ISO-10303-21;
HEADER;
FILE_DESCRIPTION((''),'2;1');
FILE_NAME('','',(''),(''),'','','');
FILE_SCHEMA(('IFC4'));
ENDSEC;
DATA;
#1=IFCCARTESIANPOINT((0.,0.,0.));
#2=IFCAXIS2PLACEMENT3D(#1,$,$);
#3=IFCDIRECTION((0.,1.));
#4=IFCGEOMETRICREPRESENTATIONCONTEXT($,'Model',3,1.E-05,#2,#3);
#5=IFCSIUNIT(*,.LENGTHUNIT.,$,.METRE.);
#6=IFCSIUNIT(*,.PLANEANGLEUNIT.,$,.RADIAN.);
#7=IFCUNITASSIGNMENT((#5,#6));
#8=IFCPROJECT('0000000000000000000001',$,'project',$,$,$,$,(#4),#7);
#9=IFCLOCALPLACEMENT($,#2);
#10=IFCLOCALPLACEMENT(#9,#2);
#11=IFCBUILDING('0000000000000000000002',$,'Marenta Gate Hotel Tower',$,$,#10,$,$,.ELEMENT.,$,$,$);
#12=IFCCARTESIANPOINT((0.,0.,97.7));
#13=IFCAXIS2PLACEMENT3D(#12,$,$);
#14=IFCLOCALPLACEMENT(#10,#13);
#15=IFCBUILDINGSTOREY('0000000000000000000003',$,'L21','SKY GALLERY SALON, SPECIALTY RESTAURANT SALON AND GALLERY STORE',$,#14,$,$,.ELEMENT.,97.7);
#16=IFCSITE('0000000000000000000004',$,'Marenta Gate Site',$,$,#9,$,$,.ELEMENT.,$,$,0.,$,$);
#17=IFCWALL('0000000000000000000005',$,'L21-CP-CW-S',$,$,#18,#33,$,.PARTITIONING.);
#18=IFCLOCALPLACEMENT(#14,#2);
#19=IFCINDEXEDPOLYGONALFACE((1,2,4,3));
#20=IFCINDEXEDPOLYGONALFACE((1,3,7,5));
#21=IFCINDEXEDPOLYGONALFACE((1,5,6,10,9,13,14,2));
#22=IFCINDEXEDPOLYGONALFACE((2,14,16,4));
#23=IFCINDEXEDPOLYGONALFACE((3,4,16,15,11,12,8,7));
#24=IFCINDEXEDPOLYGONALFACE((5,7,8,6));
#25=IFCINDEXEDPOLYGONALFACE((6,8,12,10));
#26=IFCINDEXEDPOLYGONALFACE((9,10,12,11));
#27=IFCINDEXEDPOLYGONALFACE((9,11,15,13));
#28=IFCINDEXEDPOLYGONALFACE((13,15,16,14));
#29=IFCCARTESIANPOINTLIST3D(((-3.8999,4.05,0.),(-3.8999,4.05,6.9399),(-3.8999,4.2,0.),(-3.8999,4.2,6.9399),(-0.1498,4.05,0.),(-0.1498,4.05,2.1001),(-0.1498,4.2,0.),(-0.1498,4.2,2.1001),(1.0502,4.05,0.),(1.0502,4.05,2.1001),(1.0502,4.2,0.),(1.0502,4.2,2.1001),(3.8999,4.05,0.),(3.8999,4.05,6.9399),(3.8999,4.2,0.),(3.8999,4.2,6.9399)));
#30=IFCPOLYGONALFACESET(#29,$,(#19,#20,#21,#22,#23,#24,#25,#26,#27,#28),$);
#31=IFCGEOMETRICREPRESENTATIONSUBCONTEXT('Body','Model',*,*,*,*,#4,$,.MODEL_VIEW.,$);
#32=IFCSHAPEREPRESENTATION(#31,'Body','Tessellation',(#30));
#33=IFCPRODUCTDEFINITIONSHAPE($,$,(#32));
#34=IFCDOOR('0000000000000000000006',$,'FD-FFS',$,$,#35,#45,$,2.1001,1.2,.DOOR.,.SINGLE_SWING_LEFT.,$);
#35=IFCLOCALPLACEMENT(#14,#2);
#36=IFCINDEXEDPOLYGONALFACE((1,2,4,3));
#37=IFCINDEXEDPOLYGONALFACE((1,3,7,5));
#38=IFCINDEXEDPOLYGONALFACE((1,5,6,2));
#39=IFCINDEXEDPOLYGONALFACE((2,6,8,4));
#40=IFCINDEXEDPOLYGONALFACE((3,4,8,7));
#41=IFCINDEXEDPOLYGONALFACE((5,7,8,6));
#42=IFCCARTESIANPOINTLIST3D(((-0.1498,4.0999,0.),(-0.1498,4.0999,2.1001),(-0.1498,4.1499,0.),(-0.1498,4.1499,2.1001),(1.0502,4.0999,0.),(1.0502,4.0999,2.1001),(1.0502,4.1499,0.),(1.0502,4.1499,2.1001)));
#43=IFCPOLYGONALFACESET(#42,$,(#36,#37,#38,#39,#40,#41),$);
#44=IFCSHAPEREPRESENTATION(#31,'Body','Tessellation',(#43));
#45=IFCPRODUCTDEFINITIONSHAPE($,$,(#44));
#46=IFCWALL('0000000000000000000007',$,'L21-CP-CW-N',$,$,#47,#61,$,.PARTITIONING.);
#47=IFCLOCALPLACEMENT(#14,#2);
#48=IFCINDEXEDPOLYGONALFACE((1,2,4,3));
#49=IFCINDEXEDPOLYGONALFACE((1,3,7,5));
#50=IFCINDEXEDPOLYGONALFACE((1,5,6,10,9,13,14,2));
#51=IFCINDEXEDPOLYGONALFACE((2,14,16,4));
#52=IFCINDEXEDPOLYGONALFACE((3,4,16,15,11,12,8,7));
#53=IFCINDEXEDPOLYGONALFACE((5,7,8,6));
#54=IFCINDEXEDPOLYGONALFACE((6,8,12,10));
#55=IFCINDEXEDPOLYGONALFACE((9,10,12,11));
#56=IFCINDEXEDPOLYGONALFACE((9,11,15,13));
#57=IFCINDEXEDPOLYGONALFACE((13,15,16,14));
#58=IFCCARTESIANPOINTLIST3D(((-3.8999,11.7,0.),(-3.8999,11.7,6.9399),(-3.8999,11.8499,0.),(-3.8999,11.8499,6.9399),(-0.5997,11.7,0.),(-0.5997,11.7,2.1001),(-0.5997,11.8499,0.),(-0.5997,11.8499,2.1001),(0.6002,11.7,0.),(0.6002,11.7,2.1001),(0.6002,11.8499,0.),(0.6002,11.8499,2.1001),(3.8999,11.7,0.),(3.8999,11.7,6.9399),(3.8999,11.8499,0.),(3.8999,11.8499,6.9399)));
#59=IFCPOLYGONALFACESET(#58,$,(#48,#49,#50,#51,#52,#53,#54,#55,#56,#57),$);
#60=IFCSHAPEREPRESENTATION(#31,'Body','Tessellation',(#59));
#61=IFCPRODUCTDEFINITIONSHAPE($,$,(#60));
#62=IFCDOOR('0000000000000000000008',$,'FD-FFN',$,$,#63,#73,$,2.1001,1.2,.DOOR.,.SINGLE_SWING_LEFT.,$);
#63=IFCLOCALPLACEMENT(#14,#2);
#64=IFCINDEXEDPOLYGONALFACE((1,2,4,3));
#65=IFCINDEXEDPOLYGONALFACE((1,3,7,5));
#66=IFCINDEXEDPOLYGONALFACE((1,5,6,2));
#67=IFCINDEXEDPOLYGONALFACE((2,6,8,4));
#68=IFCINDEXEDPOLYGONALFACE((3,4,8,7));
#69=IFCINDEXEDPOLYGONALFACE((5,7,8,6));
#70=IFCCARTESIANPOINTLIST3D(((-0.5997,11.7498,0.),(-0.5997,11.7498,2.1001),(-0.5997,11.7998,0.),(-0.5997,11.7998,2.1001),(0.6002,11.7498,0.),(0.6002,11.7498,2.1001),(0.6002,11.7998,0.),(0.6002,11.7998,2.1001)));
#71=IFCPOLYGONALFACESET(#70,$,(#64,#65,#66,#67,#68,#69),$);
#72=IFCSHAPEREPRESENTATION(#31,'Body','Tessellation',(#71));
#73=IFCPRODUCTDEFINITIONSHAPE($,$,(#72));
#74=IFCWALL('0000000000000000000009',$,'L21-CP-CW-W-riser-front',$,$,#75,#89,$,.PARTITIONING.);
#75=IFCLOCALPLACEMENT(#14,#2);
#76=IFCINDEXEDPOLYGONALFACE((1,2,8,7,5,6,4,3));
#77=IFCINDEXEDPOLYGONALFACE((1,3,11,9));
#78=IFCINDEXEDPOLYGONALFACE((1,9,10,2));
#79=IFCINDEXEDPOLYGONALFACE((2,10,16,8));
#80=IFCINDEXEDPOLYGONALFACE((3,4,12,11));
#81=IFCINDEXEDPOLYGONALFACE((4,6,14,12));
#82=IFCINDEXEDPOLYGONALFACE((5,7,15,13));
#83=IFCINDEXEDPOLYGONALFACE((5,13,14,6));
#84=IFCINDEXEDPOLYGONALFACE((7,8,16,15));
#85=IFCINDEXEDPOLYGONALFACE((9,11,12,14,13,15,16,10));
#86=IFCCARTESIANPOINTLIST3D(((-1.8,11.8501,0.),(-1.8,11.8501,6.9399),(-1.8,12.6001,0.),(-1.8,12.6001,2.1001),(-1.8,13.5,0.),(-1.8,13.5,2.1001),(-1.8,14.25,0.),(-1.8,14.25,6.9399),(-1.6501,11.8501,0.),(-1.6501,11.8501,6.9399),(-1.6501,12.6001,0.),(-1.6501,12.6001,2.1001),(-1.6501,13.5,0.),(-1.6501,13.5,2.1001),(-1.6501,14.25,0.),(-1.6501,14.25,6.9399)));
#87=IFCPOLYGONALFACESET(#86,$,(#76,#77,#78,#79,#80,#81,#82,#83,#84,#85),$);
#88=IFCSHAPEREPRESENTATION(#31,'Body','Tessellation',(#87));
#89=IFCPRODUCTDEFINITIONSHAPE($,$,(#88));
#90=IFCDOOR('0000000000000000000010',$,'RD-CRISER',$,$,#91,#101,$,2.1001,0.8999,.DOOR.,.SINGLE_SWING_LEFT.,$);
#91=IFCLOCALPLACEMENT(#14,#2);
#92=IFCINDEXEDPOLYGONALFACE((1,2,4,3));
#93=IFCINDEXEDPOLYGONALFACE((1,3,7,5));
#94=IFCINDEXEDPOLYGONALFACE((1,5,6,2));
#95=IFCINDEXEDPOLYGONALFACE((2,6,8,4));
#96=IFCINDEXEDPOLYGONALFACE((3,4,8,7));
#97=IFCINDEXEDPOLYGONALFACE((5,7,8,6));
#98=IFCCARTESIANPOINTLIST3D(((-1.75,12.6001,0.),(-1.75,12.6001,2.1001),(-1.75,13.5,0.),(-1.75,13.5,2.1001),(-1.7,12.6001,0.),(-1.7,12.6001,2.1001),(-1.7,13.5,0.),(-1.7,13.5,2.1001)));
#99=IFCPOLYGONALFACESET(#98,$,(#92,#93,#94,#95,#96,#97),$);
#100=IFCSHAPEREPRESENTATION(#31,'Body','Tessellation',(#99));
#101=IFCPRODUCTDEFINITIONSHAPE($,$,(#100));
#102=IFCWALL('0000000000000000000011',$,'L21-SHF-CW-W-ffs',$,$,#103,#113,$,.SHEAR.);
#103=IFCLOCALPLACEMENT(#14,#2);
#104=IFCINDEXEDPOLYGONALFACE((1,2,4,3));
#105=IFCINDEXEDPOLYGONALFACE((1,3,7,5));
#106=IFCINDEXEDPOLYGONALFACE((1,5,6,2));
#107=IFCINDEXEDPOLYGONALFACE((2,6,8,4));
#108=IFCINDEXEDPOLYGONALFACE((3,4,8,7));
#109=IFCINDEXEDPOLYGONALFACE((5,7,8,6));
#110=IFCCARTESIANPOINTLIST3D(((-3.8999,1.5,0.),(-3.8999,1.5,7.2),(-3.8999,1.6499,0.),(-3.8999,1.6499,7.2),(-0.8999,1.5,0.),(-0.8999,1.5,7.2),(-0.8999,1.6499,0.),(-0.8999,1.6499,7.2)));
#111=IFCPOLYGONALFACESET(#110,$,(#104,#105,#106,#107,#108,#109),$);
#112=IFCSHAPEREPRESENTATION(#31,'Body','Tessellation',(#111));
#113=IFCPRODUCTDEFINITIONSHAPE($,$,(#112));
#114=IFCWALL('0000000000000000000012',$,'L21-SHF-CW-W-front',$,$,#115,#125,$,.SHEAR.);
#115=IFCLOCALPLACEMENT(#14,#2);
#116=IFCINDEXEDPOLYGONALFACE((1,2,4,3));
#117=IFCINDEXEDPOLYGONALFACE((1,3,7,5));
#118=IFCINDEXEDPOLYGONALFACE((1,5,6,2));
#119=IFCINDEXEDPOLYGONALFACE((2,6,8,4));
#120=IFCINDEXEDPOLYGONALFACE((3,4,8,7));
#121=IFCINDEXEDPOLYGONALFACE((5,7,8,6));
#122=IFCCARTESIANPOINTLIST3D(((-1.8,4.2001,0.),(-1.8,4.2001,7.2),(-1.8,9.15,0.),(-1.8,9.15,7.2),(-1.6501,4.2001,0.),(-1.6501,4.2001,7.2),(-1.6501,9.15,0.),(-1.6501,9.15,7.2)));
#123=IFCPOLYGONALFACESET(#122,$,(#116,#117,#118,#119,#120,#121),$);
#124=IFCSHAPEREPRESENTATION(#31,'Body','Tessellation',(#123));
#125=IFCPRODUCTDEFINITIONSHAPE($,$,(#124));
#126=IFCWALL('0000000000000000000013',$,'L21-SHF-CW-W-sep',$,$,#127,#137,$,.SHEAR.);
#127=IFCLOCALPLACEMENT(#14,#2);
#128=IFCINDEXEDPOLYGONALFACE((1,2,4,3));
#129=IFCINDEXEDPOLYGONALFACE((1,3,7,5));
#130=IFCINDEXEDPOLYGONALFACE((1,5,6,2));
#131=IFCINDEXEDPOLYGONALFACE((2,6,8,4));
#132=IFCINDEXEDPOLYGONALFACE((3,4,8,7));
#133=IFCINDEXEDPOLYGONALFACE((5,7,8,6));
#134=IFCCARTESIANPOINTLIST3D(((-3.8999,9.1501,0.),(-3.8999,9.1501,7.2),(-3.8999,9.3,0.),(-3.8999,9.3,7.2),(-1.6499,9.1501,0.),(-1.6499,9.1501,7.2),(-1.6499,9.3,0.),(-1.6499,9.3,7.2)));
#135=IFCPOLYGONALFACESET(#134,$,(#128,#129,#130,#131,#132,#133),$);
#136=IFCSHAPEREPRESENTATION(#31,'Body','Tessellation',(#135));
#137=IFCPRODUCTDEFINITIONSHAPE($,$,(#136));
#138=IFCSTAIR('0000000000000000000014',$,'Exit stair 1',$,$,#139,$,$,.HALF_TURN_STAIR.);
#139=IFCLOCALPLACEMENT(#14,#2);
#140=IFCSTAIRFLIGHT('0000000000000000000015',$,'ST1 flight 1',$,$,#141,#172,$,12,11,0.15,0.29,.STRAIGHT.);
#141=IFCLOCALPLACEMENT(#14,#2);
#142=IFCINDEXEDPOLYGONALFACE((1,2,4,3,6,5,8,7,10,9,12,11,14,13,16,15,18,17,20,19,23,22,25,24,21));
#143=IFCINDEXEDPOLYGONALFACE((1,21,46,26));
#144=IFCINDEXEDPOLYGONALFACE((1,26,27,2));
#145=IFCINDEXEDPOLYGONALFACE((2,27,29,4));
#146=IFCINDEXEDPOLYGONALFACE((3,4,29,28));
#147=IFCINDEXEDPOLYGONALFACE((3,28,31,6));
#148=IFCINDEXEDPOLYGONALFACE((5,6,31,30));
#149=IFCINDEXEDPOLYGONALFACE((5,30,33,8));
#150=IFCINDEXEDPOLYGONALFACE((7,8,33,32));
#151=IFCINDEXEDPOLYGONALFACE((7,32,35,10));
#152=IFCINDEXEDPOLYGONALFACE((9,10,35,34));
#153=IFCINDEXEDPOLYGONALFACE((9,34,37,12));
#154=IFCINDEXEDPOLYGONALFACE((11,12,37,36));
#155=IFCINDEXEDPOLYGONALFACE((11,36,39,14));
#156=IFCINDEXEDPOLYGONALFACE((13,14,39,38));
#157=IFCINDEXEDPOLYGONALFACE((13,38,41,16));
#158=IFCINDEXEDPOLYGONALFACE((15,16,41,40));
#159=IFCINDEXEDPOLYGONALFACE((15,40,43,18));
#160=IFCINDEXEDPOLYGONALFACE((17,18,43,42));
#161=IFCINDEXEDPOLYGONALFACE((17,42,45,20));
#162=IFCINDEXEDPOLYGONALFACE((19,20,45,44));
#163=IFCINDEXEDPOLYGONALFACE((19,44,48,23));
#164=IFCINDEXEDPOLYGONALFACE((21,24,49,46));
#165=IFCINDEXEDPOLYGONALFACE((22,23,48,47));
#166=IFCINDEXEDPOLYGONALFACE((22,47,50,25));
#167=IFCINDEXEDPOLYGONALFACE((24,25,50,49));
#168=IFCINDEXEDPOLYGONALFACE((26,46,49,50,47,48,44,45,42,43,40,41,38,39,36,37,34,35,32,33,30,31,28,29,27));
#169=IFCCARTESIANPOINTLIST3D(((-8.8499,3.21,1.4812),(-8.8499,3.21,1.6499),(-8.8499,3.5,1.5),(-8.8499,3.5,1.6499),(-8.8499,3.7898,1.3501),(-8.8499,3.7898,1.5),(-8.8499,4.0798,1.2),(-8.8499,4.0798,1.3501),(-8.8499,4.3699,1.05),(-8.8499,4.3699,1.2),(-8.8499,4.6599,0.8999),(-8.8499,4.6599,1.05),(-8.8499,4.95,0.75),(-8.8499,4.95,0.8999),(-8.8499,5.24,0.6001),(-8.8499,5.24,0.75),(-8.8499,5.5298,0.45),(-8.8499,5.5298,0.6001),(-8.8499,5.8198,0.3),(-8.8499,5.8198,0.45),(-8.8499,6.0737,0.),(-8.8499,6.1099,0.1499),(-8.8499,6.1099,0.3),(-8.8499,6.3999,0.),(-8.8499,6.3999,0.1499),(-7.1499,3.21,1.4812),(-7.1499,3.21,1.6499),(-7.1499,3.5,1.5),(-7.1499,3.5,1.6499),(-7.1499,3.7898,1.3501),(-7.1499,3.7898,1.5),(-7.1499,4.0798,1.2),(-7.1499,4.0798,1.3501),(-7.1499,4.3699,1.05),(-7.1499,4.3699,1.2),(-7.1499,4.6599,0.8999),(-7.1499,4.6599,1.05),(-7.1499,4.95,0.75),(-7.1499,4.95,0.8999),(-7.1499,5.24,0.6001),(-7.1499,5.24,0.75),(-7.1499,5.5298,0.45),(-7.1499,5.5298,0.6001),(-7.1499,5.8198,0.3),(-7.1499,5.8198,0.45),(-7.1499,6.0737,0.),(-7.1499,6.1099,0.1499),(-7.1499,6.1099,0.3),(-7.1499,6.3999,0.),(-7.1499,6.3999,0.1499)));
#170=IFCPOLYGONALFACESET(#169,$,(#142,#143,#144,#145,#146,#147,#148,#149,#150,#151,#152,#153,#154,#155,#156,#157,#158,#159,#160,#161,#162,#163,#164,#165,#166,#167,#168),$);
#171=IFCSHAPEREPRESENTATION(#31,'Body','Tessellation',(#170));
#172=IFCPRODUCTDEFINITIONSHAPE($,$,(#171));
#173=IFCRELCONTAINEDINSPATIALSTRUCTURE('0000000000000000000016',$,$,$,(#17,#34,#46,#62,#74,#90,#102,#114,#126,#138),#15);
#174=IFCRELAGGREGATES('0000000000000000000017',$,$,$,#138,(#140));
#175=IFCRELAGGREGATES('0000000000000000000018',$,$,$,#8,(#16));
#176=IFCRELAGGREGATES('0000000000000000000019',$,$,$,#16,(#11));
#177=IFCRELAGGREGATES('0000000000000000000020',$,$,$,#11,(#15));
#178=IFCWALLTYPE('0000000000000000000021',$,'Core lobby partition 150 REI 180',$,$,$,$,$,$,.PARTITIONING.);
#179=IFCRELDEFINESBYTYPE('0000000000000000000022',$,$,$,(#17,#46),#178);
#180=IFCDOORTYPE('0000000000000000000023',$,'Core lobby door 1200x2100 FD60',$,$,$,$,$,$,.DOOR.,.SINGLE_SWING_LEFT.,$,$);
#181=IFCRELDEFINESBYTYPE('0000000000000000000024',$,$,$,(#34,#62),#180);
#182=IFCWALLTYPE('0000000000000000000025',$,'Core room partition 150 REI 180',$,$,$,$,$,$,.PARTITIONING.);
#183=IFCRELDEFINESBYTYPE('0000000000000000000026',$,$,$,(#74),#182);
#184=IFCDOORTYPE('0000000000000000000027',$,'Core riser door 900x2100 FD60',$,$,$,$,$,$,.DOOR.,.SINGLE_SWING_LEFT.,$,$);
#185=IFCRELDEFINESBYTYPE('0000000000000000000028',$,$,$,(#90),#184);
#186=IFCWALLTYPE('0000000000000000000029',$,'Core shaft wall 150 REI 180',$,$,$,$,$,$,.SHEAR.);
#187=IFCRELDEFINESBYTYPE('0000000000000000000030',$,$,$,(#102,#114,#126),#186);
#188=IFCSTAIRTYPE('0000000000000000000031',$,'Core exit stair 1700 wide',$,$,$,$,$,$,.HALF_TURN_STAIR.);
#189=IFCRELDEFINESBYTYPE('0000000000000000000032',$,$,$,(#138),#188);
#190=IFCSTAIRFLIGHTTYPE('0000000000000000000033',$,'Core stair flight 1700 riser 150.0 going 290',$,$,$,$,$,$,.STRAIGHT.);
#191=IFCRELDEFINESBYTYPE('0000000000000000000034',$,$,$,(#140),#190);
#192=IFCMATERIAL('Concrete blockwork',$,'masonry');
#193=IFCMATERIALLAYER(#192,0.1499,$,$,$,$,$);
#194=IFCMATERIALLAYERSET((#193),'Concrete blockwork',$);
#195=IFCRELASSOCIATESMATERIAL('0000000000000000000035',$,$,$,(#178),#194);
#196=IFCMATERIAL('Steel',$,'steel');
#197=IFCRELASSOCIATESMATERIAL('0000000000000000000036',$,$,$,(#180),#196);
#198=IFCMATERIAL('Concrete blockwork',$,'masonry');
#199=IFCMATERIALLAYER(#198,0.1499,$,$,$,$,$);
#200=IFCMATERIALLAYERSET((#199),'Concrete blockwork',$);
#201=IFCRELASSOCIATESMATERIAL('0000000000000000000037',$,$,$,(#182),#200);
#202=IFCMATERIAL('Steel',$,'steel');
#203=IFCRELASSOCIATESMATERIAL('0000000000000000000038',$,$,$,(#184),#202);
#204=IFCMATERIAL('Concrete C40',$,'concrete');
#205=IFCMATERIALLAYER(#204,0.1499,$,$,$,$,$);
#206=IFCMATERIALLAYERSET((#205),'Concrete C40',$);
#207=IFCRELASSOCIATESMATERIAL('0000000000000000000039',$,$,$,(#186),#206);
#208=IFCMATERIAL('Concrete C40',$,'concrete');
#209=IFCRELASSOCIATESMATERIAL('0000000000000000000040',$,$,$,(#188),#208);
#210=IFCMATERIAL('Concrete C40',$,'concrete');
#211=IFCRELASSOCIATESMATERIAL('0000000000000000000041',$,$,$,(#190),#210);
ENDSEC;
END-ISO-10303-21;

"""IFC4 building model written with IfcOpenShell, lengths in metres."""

from ifc_helpers import new_model, si_unit, direction, frame, frame_2d, origin, place, context, subcontext, project, spatial, polyline, rectangle, outline, extrude, material, layer, layer_set, type_object, element, fill, aggregate, save


model = new_model("IFC4")

# Units and contexts
model_context = context("Model", 3, precision=1e-05, world=origin(), true_north=direction((0.0, 1.0)))
body_context = subcontext(model_context, "Body", "Model", "MODEL_VIEW")
ifc_project = project(units=[si_unit("LENGTHUNIT", "METRE"), si_unit("PLANEANGLEUNIT", "RADIAN")], contexts=[model_context])

# Site, building, storey
site_placement = place(None, origin())
site = spatial("IfcSite", under=ifc_project, at=site_placement, Name="Marenta Gate Site", CompositionType="ELEMENT", RefElevation=0.0)
building_placement = place(site_placement, origin())
building = spatial("IfcBuilding", under=site, at=building_placement, Name="Marenta Gate Hotel Tower", CompositionType="ELEMENT")
storey_placement = place(building_placement, frame((0.0, 0.0, 97.7)))
storey = spatial("IfcBuildingStorey", under=building, at=storey_placement, Name="L21", Description="SKY GALLERY SALON, SPECIALTY RESTAURANT SALON AND GALLERY STORE", CompositionType="ELEMENT", Elevation=97.7)

# Walls, openings, doors
ifc_material_1 = material(Name="Concrete blockwork", Category="masonry")
ifc_layer_1 = layer(ifc_material_1, 0.1499)
ifc_layer_set_1 = layer_set([ifc_layer_1], Name="Concrete blockwork")
wall_type_1 = type_object("IfcWallType", Name="Core lobby partition 150 REI 180", PredefinedType="PARTITIONING", material=ifc_layer_set_1)
wall_1_placement = place(storey_placement, frame((-3.8999, 4.125, 0.0), z_axis=(0.0, 0.0, 1.0), x_axis=(1.0, 0.0, 0.0)))
wall_1 = element("IfcWall", 1, at=wall_1_placement, inside=storey, type_object=wall_type_1, Name="L21-CP-CW-S", PredefinedType="PARTITIONING", context=body_context, shape_type="SweptSolid", body=[
    extrude(rectangle(XDim=7.7998, YDim=0.1499, at=frame_2d((3.8999, 0.0))), origin(), (0.0, 0.0, 1.0), 6.9399),
])
opening_1_placement = place(wall_1_placement, frame((3.75, 0.0, 0.0)))
opening_1 = element("IfcOpeningElement", 2, at=opening_1_placement, cuts=wall_1, PredefinedType="OPENING", context=body_context, shape_type="SweptSolid", body=[
    extrude(rectangle(XDim=1.2, YDim=2.1001, at=frame_2d((0.6001, 1.05))), frame((0.0, 0.075, 0.0), z_axis=(0.0, -1.0, 0.0), x_axis=(1.0, 0.0, 0.0)), (0.0, 0.0, 1.0), 0.1499),
])
ifc_material_2 = material(Name="Steel", Category="steel")
door_type_1 = type_object("IfcDoorType", Name="Core lobby door 1200x2100 FD60", OperationType="SINGLE_SWING_LEFT", PredefinedType="DOOR", material=ifc_material_2)
door_1_placement = place(opening_1_placement, origin())
door_1 = element("IfcDoor", 3, at=door_1_placement, inside=storey, type_object=door_type_1, Name="FD-FFS", OperationType="SINGLE_SWING_LEFT", OverallHeight=2.1001, OverallWidth=1.2, PredefinedType="DOOR", context=body_context, shape_type="SweptSolid", body=[
    extrude(rectangle(XDim=1.2, YDim=2.1001, at=frame_2d((0.6001, 1.05))), frame((0.0, 0.0249, 0.0), z_axis=(0.0, -1.0, 0.0), x_axis=(1.0, 0.0, 0.0)), (0.0, 0.0, 1.0), 0.05),
])
fill(opening_1, door_1)
wall_2_placement = place(storey_placement, frame((-3.8999, 11.7749, 0.0), z_axis=(0.0, 0.0, 1.0), x_axis=(1.0, 0.0, 0.0)))
wall_2 = element("IfcWall", 4, at=wall_2_placement, inside=storey, type_object=wall_type_1, Name="L21-CP-CW-N", PredefinedType="PARTITIONING", context=body_context, shape_type="SweptSolid", body=[
    extrude(rectangle(XDim=7.7998, YDim=0.1499, at=frame_2d((3.8999, 0.0))), origin(), (0.0, 0.0, 1.0), 6.9399),
])
opening_2_placement = place(wall_2_placement, frame((3.3, 0.0, 0.0)))
opening_2 = element("IfcOpeningElement", 5, at=opening_2_placement, cuts=wall_2, PredefinedType="OPENING", context=body_context, shape_type="SweptSolid", body=[
    extrude(rectangle(XDim=1.2, YDim=2.1001, at=frame_2d((0.6001, 1.05))), frame((0.0, 0.075, 0.0), z_axis=(0.0, -1.0, 0.0), x_axis=(1.0, 0.0, 0.0)), (0.0, 0.0, 1.0), 0.1499),
])
door_2_placement = place(opening_2_placement, origin())
door_2 = element("IfcDoor", 6, at=door_2_placement, inside=storey, type_object=door_type_1, Name="FD-FFN", OperationType="SINGLE_SWING_LEFT", OverallHeight=2.1001, OverallWidth=1.2, PredefinedType="DOOR", context=body_context, shape_type="SweptSolid", body=[
    extrude(rectangle(XDim=1.2, YDim=2.1001, at=frame_2d((0.6001, 1.05))), frame((0.0, 0.0249, 0.0), z_axis=(0.0, -1.0, 0.0), x_axis=(1.0, 0.0, 0.0)), (0.0, 0.0, 1.0), 0.05),
])
fill(opening_2, door_2)
ifc_material_3 = material(Name="Concrete blockwork", Category="masonry")
ifc_layer_2 = layer(ifc_material_3, 0.1499)
ifc_layer_set_2 = layer_set([ifc_layer_2], Name="Concrete blockwork")
wall_type_2 = type_object("IfcWallType", Name="Core room partition 150 REI 180", PredefinedType="PARTITIONING", material=ifc_layer_set_2)
wall_3_placement = place(storey_placement, frame((-1.7251, 11.8501, 0.0), z_axis=(0.0, 0.0, 1.0), x_axis=(0.0, 1.0, 0.0)))
wall_3 = element("IfcWall", 7, at=wall_3_placement, inside=storey, type_object=wall_type_2, Name="L21-CP-CW-W-riser-front", PredefinedType="PARTITIONING", context=body_context, shape_type="SweptSolid", body=[
    extrude(rectangle(XDim=2.3999, YDim=0.1499, at=frame_2d((1.2, 0.0))), origin(), (0.0, 0.0, 1.0), 6.9399),
])
opening_3_placement = place(wall_3_placement, frame((0.75, 0.0, 0.0)))
opening_3 = element("IfcOpeningElement", 8, at=opening_3_placement, cuts=wall_3, PredefinedType="OPENING", context=body_context, shape_type="SweptSolid", body=[
    extrude(rectangle(XDim=0.8999, YDim=2.1001, at=frame_2d((0.45, 1.05))), frame((0.0, 0.075, 0.0), z_axis=(0.0, -1.0, 0.0), x_axis=(1.0, 0.0, 0.0)), (0.0, 0.0, 1.0), 0.1499),
])
ifc_material_4 = material(Name="Steel", Category="steel")
door_type_2 = type_object("IfcDoorType", Name="Core riser door 900x2100 FD60", OperationType="SINGLE_SWING_LEFT", PredefinedType="DOOR", material=ifc_material_4)
door_3_placement = place(opening_3_placement, origin())
door_3 = element("IfcDoor", 9, at=door_3_placement, inside=storey, type_object=door_type_2, Name="RD-CRISER", OperationType="SINGLE_SWING_LEFT", OverallHeight=2.1001, OverallWidth=0.8999, PredefinedType="DOOR", context=body_context, shape_type="SweptSolid", body=[
    extrude(rectangle(XDim=0.8999, YDim=2.1001, at=frame_2d((0.45, 1.05))), frame((0.0, 0.0249, 0.0), z_axis=(0.0, -1.0, 0.0), x_axis=(1.0, 0.0, 0.0)), (0.0, 0.0, 1.0), 0.05),
])
fill(opening_3, door_3)

# Walls
ifc_material_5 = material(Name="Concrete C40", Category="concrete")
ifc_layer_3 = layer(ifc_material_5, 0.1499)
ifc_layer_set_3 = layer_set([ifc_layer_3], Name="Concrete C40")
wall_type_3 = type_object("IfcWallType", Name="Core shaft wall 150 REI 180", PredefinedType="SHEAR", material=ifc_layer_set_3)
wall_4_placement = place(storey_placement, frame((-3.8999, 1.575, 0.0), z_axis=(0.0, 0.0, 1.0), x_axis=(1.0, 0.0, 0.0)))
element("IfcWall", 10, at=wall_4_placement, inside=storey, type_object=wall_type_3, Name="L21-SHF-CW-W-ffs", PredefinedType="SHEAR", context=body_context, shape_type="SweptSolid", body=[
    extrude(rectangle(XDim=3.0, YDim=0.1499, at=frame_2d((1.5, 0.0))), origin(), (0.0, 0.0, 1.0), 7.2),
])
wall_5_placement = place(storey_placement, frame((-1.7251, 4.2, 0.0), z_axis=(0.0, 0.0, 1.0), x_axis=(0.0, 1.0, 0.0)))
element("IfcWall", 11, at=wall_5_placement, inside=storey, type_object=wall_type_3, Name="L21-SHF-CW-W-front", PredefinedType="SHEAR", context=body_context, shape_type="SweptSolid", body=[
    extrude(rectangle(XDim=4.95, YDim=0.1499, at=frame_2d((2.4751, 0.0))), origin(), (0.0, 0.0, 1.0), 7.2),
])
wall_6_placement = place(storey_placement, frame((-3.8999, 9.2251, 0.0), z_axis=(0.0, 0.0, 1.0), x_axis=(1.0, 0.0, 0.0)))
element("IfcWall", 12, at=wall_6_placement, inside=storey, type_object=wall_type_3, Name="L21-SHF-CW-W-sep", PredefinedType="SHEAR", context=body_context, shape_type="SweptSolid", body=[
    extrude(rectangle(XDim=2.25, YDim=0.1499, at=frame_2d((1.125, 0.0))), origin(), (0.0, 0.0, 1.0), 7.2),
])

# Stair, stair flight
ifc_material_6 = material(Name="Concrete C40", Category="concrete")
stair_type = type_object("IfcStairType", Name="Core exit stair 1700 wide", PredefinedType="HALF_TURN_STAIR", material=ifc_material_6)
stair_1_placement = place(storey_placement, origin())
stair_1 = element("IfcStair", 13, at=stair_1_placement, inside=storey, type_object=stair_type, Name="Exit stair 1", PredefinedType="HALF_TURN_STAIR")
ifc_material_7 = material(Name="Concrete C40", Category="concrete")
stair_flight_type = type_object("IfcStairFlightType", Name="Core stair flight 1700 riser 150.0 going 290", PredefinedType="STRAIGHT", material=ifc_material_7)
stair_flight_1_placement = place(storey_placement, frame((-8.0, 6.3999, 0.0), z_axis=(0.0, 0.0, 1.0), x_axis=(0.0, -1.0, 0.0)))
stair_flight_1 = element("IfcStairFlight", 14, at=stair_flight_1_placement, type_object=stair_flight_type, Name="ST1 flight 1", NumberOfRisers=12, NumberOfTreads=11, PredefinedType="STRAIGHT", RiserHeight=0.15, TreadLength=0.29, context=body_context, shape_type="SweptSolid", body=[
    extrude(outline(polyline([(0.0, 0.0), (0.0, 0.1499), (0.29, 0.1499), (0.29, 0.3), (0.5801, 0.3), (0.5801, 0.45), (0.8701, 0.45), (0.8701, 0.6001), (1.1599, 0.6001), (1.1599, 0.75), (1.45, 0.75), (1.45, 0.8999), (1.74, 0.8999), (1.74, 1.05), (2.03, 1.05), (2.03, 1.2), (2.3201, 1.2), (2.3201, 1.3501), (2.6101, 1.3501), (2.6101, 1.5), (2.8999, 1.5), (2.8999, 1.6499), (3.1899, 1.6499), (3.1899, 1.8), (3.1899, 1.4812), (0.3262, 0.0), (0.0, 0.0)])), frame((0.0, 0.8501, 0.0), z_axis=(0.0, -1.0, 0.0), x_axis=(1.0, 0.0, 0.0)), (0.0, 0.0, 1.0), 1.7),
])
aggregate(stair_1, [stair_flight_1])

save(model, "model.ifc")
